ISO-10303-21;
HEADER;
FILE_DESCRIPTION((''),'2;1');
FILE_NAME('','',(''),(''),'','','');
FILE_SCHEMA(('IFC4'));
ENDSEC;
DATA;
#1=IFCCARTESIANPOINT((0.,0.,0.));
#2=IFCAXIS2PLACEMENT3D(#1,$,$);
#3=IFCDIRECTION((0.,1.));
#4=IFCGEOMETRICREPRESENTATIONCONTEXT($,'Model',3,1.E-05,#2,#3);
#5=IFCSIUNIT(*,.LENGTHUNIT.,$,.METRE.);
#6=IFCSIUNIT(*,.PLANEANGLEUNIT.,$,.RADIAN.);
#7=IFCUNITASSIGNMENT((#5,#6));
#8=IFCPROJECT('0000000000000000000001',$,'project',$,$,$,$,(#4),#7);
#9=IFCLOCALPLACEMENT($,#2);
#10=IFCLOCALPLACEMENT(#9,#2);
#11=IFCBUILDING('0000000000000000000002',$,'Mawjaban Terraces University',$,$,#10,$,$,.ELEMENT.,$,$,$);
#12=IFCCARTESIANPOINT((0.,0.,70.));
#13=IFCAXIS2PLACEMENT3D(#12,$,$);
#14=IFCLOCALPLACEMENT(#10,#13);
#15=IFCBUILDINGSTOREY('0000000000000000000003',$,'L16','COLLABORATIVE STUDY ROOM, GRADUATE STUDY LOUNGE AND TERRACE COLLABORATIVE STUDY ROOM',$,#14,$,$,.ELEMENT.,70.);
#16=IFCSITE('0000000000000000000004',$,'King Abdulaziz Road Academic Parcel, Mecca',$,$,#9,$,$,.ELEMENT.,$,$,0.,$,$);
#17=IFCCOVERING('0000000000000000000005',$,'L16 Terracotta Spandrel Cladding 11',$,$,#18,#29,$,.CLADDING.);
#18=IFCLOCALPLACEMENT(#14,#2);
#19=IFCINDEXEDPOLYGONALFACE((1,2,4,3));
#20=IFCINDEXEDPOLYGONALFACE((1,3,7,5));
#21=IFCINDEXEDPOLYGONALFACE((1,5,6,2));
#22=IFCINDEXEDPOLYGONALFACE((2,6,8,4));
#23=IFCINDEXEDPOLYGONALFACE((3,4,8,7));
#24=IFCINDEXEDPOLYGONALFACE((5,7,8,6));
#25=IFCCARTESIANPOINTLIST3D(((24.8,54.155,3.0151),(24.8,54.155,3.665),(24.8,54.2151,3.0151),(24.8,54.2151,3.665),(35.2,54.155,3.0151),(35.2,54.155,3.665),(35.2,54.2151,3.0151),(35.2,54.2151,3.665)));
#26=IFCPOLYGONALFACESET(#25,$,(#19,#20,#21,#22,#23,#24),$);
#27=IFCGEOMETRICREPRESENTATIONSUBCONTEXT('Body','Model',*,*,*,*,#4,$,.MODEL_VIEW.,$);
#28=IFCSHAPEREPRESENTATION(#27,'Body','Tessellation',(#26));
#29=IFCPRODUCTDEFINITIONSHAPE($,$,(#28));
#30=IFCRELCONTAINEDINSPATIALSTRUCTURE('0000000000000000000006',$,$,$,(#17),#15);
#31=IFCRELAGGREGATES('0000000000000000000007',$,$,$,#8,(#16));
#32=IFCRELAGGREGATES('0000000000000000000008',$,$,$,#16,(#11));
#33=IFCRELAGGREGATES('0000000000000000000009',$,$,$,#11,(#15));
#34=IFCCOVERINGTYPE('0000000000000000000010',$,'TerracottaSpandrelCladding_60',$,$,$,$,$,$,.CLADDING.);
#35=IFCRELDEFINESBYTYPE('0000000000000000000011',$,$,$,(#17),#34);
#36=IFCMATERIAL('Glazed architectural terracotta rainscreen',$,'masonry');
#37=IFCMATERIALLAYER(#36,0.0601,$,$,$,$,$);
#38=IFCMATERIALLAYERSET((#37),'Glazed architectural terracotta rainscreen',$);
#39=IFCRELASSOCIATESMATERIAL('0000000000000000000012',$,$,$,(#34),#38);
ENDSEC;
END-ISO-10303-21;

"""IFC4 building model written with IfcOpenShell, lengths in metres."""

from ifc_helpers import new_model, si_unit, direction, frame, origin, origin_2d, place, context, subcontext, project, spatial, rectangle, extrude, material, layer, layer_set, type_object, element, save


model = new_model("IFC4")

# Units and contexts
model_context = context("Model", 3, precision=1e-05, world=origin(), true_north=direction((0.0, 1.0)))
body_context = subcontext(model_context, "Body", "Model", "MODEL_VIEW")
ifc_project = project(units=[si_unit("LENGTHUNIT", "METRE"), si_unit("PLANEANGLEUNIT", "RADIAN")], contexts=[model_context])

# Site, building, storey
site_placement = place(None, origin())
site = spatial("IfcSite", under=ifc_project, at=site_placement, Name="King Abdulaziz Road Academic Parcel, Mecca", CompositionType="ELEMENT", RefElevation=0.0)
building_placement = place(site_placement, origin())
building = spatial("IfcBuilding", under=site, at=building_placement, Name="Mawjaban Terraces University", CompositionType="ELEMENT")
storey_placement = place(building_placement, frame((0.0, 0.0, 70.0)))
storey = spatial("IfcBuildingStorey", under=building, at=storey_placement, Name="L16", Description="COLLABORATIVE STUDY ROOM, GRADUATE STUDY LOUNGE AND TERRACE COLLABORATIVE STUDY ROOM", CompositionType="ELEMENT", Elevation=70.0)

# Covering
ifc_material_1 = material(Name="Glazed architectural terracotta rainscreen", Category="masonry")
ifc_layer_1 = layer(ifc_material_1, 0.0601)
ifc_layer_set_1 = layer_set([ifc_layer_1], Name="Glazed architectural terracotta rainscreen")
covering_type = type_object("IfcCoveringType", Name="TerracottaSpandrelCladding_60", PredefinedType="CLADDING", material=ifc_layer_set_1)
covering_placement = place(storey_placement, frame((30.0, 54.1851, 3.0151), z_axis=(0.0, 0.0, 1.0), x_axis=(-1.0, 0.0, 0.0)))
element("IfcCovering", 1, at=covering_placement, inside=storey, type_object=covering_type, Name="L16 Terracotta Spandrel Cladding 11", PredefinedType="CLADDING", context=body_context, shape_type="SweptSolid", body=[
    extrude(rectangle(XDim=10.3999, YDim=0.0601, at=origin_2d()), origin(), (0.0, 0.0, 1.0), 0.6499),
])

save(model, "model.ifc")
